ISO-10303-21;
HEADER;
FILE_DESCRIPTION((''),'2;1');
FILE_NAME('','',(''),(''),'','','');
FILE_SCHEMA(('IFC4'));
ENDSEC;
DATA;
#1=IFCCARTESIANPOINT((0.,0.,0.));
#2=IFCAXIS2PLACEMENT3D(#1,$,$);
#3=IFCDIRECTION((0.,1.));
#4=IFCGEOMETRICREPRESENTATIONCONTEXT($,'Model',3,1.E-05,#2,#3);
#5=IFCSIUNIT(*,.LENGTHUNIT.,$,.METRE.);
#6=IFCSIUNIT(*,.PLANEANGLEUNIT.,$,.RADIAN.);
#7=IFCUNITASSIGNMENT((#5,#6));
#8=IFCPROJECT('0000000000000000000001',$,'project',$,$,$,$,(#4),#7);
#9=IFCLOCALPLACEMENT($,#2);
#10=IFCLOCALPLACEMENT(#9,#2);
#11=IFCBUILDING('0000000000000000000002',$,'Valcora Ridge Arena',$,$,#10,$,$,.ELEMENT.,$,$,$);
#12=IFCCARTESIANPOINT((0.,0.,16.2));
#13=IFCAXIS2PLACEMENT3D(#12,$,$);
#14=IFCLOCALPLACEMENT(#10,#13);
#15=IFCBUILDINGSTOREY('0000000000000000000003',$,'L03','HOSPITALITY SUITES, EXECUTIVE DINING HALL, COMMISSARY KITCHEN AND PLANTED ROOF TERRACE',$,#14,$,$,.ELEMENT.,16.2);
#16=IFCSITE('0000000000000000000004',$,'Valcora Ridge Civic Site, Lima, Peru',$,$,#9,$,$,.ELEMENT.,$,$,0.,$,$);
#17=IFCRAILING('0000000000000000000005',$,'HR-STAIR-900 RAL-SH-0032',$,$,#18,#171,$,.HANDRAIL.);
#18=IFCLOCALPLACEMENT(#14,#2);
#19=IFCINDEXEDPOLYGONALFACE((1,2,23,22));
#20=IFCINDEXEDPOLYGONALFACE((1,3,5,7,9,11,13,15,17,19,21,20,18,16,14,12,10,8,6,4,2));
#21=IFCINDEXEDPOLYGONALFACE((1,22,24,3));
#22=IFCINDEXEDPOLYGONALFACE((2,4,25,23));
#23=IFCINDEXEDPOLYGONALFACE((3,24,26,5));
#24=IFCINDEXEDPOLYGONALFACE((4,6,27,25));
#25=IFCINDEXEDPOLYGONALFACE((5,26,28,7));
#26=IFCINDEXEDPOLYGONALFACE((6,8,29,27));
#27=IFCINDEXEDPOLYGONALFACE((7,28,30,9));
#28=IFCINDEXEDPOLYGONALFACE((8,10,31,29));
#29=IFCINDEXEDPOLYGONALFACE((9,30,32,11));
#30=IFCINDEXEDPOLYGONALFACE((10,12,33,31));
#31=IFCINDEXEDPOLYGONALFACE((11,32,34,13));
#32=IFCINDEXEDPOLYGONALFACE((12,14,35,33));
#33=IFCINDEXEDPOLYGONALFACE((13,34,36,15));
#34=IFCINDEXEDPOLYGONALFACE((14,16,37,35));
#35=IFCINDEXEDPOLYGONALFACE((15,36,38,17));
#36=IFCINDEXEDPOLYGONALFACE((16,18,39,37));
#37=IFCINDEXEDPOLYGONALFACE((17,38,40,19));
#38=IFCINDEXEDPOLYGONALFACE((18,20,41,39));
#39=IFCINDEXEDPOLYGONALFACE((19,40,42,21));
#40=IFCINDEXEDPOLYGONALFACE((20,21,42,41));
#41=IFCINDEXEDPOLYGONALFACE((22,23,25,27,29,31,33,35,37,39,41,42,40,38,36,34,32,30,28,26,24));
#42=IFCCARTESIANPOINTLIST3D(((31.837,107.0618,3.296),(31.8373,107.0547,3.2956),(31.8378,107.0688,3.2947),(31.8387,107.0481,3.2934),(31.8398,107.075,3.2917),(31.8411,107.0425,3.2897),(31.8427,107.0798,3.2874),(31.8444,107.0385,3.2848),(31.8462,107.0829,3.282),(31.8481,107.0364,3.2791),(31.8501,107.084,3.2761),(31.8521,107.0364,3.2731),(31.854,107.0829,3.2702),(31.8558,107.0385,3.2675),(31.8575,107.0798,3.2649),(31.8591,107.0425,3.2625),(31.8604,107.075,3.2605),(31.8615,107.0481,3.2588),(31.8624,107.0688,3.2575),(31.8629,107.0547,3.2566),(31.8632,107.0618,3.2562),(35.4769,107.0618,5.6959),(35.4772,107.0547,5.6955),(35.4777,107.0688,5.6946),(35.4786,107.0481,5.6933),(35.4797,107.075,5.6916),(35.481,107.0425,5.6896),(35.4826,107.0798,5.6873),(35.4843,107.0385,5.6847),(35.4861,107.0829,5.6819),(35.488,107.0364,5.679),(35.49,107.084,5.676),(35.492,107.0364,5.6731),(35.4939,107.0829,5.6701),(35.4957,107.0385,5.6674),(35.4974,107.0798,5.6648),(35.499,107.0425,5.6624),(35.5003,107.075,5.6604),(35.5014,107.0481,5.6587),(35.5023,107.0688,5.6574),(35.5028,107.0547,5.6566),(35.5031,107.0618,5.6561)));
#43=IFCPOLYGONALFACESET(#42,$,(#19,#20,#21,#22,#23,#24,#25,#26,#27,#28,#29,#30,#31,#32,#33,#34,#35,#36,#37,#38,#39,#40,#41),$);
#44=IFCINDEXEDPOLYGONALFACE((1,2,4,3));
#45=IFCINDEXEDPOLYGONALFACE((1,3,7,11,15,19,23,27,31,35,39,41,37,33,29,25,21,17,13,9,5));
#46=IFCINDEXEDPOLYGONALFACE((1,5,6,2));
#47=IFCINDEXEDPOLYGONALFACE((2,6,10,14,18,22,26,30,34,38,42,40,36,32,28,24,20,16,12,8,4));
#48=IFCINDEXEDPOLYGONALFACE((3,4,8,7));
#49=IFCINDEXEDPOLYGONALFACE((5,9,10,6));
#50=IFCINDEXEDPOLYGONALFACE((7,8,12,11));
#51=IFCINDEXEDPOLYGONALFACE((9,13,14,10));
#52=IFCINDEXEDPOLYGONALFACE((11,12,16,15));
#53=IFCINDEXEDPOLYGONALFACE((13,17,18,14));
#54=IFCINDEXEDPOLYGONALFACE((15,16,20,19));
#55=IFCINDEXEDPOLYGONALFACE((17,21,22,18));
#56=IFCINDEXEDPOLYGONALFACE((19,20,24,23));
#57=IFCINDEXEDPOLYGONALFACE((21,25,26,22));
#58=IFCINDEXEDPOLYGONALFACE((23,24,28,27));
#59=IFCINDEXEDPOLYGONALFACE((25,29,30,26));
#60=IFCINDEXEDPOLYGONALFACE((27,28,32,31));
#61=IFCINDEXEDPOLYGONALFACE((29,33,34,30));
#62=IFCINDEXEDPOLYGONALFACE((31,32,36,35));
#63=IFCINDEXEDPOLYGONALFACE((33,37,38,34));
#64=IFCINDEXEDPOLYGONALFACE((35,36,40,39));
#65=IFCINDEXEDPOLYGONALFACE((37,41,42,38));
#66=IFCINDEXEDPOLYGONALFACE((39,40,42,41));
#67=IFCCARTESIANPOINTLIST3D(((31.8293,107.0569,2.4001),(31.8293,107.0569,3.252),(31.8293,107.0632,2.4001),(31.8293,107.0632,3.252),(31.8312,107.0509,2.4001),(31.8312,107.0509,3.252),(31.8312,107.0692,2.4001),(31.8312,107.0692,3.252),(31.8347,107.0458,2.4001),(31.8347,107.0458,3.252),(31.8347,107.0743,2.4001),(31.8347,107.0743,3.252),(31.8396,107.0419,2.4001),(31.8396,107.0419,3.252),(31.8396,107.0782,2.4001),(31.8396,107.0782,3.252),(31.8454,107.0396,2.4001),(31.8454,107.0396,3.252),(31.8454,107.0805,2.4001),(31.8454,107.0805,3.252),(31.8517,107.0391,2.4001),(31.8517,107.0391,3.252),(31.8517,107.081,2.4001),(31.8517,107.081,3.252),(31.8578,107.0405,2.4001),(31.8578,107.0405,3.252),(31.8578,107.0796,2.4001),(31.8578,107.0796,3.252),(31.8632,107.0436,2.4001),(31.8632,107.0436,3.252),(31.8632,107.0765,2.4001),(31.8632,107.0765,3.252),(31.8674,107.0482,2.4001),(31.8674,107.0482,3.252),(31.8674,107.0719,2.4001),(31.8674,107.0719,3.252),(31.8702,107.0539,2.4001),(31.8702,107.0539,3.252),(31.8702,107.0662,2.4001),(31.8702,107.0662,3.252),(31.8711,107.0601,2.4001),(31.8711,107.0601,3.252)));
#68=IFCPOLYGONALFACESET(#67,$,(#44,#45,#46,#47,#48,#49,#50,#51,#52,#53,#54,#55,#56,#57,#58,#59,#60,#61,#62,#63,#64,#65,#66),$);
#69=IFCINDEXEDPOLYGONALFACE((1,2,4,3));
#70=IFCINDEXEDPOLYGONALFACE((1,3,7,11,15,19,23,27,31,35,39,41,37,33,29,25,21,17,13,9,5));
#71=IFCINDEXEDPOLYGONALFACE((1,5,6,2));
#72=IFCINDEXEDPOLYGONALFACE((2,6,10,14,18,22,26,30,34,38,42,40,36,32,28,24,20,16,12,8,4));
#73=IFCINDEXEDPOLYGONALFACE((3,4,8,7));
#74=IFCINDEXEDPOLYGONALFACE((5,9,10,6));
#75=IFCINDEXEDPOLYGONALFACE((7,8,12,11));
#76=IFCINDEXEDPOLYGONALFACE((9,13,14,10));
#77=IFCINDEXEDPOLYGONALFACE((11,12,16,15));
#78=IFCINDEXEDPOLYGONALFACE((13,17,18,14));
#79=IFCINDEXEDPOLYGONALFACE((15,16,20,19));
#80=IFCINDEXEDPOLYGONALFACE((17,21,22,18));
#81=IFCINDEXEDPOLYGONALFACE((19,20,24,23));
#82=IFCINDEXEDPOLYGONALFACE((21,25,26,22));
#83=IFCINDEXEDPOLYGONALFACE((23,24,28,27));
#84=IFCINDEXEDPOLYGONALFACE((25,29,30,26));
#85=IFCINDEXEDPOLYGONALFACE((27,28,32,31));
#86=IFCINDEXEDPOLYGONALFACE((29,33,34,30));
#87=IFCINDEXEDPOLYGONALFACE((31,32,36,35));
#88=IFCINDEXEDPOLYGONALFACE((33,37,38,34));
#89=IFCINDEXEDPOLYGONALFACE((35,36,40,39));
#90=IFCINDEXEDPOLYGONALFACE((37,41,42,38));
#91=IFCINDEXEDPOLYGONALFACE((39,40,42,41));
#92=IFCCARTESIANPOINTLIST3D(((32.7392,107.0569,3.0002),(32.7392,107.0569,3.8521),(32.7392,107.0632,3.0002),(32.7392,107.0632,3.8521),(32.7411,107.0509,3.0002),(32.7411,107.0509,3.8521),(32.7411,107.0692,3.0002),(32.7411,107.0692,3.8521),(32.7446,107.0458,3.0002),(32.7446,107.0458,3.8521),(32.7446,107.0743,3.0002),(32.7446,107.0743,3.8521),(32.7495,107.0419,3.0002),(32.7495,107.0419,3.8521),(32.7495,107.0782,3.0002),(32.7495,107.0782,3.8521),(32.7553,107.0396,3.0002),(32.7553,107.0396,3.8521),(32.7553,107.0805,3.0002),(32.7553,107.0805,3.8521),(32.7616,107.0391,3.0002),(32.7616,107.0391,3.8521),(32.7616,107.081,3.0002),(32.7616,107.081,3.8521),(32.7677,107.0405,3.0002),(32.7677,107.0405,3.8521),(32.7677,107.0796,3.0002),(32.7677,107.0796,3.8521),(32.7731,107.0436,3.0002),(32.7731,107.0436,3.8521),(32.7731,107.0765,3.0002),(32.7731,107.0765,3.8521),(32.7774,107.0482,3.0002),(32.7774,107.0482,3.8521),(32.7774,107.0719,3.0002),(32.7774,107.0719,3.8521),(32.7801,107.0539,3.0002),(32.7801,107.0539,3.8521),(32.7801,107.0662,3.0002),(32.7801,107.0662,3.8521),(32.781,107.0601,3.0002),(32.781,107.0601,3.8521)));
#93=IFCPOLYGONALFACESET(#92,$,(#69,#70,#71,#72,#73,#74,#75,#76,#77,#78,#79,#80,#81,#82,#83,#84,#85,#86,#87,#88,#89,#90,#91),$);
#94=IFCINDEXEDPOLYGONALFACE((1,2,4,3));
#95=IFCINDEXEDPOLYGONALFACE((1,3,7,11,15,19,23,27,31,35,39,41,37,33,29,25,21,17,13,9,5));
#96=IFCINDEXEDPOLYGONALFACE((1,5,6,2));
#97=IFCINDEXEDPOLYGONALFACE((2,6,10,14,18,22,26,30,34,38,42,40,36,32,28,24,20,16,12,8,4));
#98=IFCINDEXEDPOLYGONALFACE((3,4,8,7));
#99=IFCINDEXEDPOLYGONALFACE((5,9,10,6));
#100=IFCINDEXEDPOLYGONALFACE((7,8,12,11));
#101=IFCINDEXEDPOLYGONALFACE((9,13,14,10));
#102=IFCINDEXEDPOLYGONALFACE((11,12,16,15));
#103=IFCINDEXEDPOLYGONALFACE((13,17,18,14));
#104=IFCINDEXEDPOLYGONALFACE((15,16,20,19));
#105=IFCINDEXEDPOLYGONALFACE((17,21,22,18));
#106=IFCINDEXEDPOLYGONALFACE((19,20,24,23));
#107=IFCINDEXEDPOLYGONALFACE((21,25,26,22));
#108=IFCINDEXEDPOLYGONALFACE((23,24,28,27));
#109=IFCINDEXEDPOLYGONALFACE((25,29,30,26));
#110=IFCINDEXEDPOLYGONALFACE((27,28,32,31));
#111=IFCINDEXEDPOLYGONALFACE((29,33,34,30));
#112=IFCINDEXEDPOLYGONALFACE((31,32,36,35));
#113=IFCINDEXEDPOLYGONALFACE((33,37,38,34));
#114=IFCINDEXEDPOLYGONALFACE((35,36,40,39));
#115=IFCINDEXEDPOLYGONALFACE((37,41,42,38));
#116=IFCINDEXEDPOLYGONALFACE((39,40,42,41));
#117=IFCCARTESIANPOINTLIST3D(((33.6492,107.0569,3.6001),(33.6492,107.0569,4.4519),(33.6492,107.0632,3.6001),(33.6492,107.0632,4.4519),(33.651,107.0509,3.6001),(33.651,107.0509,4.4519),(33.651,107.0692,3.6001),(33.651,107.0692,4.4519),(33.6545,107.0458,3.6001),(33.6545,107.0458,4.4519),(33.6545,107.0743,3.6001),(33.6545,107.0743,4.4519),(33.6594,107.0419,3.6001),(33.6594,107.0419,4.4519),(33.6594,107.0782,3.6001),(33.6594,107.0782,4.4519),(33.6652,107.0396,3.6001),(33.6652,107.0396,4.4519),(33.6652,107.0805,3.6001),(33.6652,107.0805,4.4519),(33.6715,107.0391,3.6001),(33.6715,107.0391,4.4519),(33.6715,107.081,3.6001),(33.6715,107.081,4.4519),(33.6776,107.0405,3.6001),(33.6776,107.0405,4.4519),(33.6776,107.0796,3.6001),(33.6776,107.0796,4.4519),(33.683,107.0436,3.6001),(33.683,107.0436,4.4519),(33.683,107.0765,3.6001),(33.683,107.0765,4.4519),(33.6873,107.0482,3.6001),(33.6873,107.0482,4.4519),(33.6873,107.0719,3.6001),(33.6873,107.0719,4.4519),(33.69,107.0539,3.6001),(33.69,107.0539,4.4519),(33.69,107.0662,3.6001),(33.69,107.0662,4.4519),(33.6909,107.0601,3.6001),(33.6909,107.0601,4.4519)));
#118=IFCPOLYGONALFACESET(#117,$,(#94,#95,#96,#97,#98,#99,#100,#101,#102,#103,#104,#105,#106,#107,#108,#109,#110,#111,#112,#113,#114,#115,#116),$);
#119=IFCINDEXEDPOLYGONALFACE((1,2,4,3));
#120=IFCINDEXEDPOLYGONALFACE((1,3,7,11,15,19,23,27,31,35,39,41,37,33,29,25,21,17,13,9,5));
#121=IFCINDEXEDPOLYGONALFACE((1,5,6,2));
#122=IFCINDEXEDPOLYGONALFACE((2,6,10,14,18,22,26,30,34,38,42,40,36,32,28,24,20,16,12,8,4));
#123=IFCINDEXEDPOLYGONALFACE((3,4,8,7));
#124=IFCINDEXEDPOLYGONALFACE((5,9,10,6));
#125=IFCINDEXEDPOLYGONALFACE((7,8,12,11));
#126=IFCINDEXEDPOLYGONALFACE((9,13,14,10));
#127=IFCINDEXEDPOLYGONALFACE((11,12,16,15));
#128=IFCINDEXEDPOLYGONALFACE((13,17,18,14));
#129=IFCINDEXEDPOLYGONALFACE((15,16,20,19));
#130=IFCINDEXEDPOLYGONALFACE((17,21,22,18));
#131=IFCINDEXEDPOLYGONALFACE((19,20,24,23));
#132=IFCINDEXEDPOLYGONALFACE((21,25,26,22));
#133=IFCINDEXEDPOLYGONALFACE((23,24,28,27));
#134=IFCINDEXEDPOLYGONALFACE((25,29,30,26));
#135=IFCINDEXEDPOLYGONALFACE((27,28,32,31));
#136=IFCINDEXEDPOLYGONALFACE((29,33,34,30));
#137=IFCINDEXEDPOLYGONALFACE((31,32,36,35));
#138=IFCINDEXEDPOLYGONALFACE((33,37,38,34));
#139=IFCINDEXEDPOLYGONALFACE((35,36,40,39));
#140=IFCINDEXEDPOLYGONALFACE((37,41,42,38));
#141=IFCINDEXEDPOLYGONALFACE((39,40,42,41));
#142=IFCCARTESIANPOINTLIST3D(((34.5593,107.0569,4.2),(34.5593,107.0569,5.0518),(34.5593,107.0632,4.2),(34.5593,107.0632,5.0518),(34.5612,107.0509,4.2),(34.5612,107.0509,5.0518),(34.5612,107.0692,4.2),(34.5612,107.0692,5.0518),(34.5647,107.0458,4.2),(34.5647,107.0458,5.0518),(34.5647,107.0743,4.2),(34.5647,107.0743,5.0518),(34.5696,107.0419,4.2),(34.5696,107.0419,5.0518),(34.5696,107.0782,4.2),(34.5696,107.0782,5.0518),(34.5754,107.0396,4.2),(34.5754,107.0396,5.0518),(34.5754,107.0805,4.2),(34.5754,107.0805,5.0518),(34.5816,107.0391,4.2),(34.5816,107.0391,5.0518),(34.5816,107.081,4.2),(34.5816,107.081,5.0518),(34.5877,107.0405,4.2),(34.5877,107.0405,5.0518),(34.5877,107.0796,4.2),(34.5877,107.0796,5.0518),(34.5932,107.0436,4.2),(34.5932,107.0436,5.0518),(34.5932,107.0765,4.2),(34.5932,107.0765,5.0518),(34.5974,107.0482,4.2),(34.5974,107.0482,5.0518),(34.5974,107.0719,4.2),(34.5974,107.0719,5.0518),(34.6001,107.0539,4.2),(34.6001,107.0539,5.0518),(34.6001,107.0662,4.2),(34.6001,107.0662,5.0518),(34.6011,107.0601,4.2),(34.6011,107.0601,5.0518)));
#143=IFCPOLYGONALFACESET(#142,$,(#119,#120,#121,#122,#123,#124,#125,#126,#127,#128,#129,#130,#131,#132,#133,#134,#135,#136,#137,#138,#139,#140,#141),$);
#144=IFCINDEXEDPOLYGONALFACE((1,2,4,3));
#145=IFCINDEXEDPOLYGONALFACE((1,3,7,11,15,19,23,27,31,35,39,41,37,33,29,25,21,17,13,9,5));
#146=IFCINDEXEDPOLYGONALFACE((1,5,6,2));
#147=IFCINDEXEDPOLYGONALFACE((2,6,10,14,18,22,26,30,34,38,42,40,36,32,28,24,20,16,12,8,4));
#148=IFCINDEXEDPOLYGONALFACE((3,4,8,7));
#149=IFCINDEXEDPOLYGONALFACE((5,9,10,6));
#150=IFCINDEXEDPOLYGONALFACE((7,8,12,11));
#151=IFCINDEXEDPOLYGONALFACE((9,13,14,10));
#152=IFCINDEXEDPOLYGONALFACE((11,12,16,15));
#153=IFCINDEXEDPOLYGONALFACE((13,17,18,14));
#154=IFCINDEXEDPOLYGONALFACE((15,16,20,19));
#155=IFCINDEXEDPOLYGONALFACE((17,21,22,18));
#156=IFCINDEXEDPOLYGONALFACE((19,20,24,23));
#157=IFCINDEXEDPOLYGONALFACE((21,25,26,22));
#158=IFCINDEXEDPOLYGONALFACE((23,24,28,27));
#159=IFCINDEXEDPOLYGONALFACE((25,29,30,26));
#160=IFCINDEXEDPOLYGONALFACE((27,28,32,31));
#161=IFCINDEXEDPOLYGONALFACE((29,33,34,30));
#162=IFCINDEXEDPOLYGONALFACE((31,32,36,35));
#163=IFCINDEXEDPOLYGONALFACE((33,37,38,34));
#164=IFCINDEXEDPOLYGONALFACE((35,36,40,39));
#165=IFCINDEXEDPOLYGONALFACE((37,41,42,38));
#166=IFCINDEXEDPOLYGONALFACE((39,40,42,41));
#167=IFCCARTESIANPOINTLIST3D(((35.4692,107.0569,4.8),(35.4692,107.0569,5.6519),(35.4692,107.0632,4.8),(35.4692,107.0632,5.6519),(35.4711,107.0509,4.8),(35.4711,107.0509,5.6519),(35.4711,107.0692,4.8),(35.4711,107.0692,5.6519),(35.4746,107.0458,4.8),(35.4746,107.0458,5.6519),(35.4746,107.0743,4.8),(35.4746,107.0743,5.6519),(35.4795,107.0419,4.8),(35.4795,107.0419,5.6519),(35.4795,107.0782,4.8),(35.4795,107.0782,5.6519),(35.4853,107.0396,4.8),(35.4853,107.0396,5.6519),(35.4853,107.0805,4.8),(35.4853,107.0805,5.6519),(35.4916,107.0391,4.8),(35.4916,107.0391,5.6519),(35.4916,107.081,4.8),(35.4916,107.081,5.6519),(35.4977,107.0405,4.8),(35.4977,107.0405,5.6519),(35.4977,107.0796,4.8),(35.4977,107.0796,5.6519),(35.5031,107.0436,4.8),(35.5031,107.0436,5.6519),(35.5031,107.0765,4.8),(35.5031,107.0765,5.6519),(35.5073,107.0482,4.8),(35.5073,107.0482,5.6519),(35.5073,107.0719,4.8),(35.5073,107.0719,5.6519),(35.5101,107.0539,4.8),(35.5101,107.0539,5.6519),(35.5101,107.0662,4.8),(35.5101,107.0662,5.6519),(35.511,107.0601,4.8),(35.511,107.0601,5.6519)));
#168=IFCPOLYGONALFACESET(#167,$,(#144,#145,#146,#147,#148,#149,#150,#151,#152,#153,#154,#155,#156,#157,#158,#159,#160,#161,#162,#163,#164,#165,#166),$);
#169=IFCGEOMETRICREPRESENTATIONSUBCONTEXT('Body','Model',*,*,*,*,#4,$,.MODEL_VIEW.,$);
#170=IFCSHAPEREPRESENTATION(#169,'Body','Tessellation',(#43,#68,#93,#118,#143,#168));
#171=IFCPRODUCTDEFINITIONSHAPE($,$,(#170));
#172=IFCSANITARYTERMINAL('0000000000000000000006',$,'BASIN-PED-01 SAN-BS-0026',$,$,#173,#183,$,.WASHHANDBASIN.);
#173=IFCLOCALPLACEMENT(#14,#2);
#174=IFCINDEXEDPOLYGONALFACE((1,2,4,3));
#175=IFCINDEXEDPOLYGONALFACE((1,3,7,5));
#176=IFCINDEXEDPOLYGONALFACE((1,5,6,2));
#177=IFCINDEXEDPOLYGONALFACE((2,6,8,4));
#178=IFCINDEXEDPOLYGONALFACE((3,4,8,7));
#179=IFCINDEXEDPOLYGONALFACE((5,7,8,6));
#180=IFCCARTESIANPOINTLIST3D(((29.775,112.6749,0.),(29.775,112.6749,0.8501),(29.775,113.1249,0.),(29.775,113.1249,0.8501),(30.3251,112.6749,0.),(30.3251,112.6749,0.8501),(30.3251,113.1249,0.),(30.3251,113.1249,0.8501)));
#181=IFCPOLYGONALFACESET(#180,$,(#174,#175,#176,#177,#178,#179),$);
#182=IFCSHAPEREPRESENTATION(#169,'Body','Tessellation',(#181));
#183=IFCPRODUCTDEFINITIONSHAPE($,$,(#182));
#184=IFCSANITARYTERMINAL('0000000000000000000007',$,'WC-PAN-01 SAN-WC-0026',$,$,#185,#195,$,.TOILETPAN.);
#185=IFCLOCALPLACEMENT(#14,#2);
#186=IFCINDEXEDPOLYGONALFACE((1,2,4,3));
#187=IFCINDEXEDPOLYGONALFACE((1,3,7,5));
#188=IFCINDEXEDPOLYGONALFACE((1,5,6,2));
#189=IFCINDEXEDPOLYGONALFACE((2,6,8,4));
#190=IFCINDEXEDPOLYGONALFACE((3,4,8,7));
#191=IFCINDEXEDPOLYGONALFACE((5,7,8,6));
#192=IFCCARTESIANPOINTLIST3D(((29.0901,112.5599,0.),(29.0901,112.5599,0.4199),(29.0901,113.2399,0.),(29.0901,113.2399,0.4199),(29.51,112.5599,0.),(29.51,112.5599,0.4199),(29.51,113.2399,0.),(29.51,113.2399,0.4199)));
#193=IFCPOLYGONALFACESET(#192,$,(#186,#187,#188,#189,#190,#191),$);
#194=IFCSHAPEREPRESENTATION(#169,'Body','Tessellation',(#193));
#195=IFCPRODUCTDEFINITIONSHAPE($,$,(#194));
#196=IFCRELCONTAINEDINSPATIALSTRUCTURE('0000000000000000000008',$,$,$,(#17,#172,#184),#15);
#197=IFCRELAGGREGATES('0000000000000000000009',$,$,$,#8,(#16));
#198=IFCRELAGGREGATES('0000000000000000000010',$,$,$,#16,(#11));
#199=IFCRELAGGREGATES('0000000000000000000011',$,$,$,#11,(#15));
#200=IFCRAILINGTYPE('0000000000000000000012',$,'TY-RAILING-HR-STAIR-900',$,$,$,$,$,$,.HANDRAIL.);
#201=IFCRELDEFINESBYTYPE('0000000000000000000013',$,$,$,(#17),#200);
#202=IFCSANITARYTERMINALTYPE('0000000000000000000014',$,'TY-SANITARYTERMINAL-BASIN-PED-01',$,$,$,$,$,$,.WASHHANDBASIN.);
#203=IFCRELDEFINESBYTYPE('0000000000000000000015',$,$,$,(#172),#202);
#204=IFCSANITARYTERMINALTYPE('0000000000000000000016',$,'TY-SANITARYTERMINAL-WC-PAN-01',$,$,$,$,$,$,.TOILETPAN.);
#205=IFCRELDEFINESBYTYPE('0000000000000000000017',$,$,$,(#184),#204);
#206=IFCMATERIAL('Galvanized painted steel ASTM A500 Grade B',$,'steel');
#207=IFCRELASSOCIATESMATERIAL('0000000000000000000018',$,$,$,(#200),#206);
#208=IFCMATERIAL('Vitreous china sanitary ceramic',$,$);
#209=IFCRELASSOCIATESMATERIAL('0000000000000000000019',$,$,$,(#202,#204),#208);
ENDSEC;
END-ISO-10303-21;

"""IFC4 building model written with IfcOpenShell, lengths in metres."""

from ifc_helpers import new_model, si_unit, direction, frame, origin, origin_2d, place, context, subcontext, project, spatial, rectangle, circle, extrude, material, type_object, element, save


model = new_model("IFC4")

# Units and contexts
model_context = context("Model", 3, precision=1e-05, world=origin(), true_north=direction((0.0, 1.0)))
body_context = subcontext(model_context, "Body", "Model", "MODEL_VIEW")
ifc_project = project(units=[si_unit("LENGTHUNIT", "METRE"), si_unit("PLANEANGLEUNIT", "RADIAN")], contexts=[model_context])

# Site, building, storey
site_placement = place(None, origin())
site = spatial("IfcSite", under=ifc_project, at=site_placement, Name="Valcora Ridge Civic Site, Lima, Peru", CompositionType="ELEMENT", RefElevation=0.0)
building_placement = place(site_placement, origin())
building = spatial("IfcBuilding", under=site, at=building_placement, Name="Valcora Ridge Arena", CompositionType="ELEMENT")
storey_placement = place(building_placement, frame((0.0, 0.0, 16.2)))
storey = spatial("IfcBuildingStorey", under=building, at=storey_placement, Name="L03", Description="HOSPITALITY SUITES, EXECUTIVE DINING HALL, COMMISSARY KITCHEN AND PLANTED ROOF TERRACE", CompositionType="ELEMENT", Elevation=16.2)

# Railing
ifc_material_1 = material(Name="Galvanized painted steel ASTM A500 Grade B", Category="steel")
railing_type_1 = type_object("IfcRailingType", Name="TY-RAILING-HR-STAIR-900", PredefinedType="HANDRAIL", material=ifc_material_1)
railing_1_placement = place(storey_placement, frame((31.8501, 107.0601, 2.4001)))
element("IfcRailing", 1, at=railing_1_placement, inside=storey, type_object=railing_type_1, Name="HR-STAIR-900 RAL-SH-0032", PredefinedType="HANDRAIL", context=body_context, shape_type="SweptSolid", body=[
    extrude(circle(Radius=0.0239, at=origin_2d()), frame((0.0, 0.0, 0.876), z_axis=(0.834865, 0.0, 0.550454), x_axis=(0.0, 1.0, 0.0)), (0.0, 0.0, 1.0), 4.3599),
    extrude(circle(Radius=0.021, at=origin_2d()), origin(), (0.0, 0.0, 1.0), 0.8518),
    extrude(circle(Radius=0.021, at=origin_2d()), frame((0.9099, 0.0, 0.6001)), (0.0, 0.0, 1.0), 0.8518),
    extrude(circle(Radius=0.021, at=origin_2d()), frame((1.8198, 0.0, 1.2)), (0.0, 0.0, 1.0), 0.8518),
    extrude(circle(Radius=0.021, at=origin_2d()), frame((2.73, 0.0, 1.7998)), (0.0, 0.0, 1.0), 0.8518),
    extrude(circle(Radius=0.021, at=origin_2d()), frame((3.6399, 0.0, 2.3999)), (0.0, 0.0, 1.0), 0.8518),
])

# Sanitary terminals
ifc_material_2 = material(Name="Vitreous china sanitary ceramic")
sanitary_terminal_type_1 = type_object("IfcSanitaryTerminalType", Name="TY-SANITARYTERMINAL-BASIN-PED-01", PredefinedType="WASHHANDBASIN", material=ifc_material_2)
sanitary_terminal_1_placement = place(storey_placement, frame((30.05, 112.8999, 0.0), z_axis=(0.0, 0.0, 1.0), x_axis=(1.0, 0.0, 0.0)))
element("IfcSanitaryTerminal", 2, at=sanitary_terminal_1_placement, inside=storey, type_object=sanitary_terminal_type_1, Name="BASIN-PED-01 SAN-BS-0026", PredefinedType="WASHHANDBASIN", context=body_context, shape_type="SweptSolid", body=[
    extrude(rectangle(XDim=0.55, YDim=0.45, at=origin_2d()), origin(), (0.0, 0.0, 1.0), 0.8501),
])
sanitary_terminal_type_2 = type_object("IfcSanitaryTerminalType", Name="TY-SANITARYTERMINAL-WC-PAN-01", PredefinedType="TOILETPAN", material=ifc_material_2)
sanitary_terminal_2_placement = place(storey_placement, frame((29.3, 112.8999, 0.0), z_axis=(0.0, 0.0, 1.0), x_axis=(1.0, 0.0, 0.0)))
element("IfcSanitaryTerminal", 3, at=sanitary_terminal_2_placement, inside=storey, type_object=sanitary_terminal_type_2, Name="WC-PAN-01 SAN-WC-0026", PredefinedType="TOILETPAN", context=body_context, shape_type="SweptSolid", body=[
    extrude(rectangle(XDim=0.4199, YDim=0.6799, at=origin_2d()), origin(), (0.0, 0.0, 1.0), 0.4199),
])

save(model, "model.ifc")
